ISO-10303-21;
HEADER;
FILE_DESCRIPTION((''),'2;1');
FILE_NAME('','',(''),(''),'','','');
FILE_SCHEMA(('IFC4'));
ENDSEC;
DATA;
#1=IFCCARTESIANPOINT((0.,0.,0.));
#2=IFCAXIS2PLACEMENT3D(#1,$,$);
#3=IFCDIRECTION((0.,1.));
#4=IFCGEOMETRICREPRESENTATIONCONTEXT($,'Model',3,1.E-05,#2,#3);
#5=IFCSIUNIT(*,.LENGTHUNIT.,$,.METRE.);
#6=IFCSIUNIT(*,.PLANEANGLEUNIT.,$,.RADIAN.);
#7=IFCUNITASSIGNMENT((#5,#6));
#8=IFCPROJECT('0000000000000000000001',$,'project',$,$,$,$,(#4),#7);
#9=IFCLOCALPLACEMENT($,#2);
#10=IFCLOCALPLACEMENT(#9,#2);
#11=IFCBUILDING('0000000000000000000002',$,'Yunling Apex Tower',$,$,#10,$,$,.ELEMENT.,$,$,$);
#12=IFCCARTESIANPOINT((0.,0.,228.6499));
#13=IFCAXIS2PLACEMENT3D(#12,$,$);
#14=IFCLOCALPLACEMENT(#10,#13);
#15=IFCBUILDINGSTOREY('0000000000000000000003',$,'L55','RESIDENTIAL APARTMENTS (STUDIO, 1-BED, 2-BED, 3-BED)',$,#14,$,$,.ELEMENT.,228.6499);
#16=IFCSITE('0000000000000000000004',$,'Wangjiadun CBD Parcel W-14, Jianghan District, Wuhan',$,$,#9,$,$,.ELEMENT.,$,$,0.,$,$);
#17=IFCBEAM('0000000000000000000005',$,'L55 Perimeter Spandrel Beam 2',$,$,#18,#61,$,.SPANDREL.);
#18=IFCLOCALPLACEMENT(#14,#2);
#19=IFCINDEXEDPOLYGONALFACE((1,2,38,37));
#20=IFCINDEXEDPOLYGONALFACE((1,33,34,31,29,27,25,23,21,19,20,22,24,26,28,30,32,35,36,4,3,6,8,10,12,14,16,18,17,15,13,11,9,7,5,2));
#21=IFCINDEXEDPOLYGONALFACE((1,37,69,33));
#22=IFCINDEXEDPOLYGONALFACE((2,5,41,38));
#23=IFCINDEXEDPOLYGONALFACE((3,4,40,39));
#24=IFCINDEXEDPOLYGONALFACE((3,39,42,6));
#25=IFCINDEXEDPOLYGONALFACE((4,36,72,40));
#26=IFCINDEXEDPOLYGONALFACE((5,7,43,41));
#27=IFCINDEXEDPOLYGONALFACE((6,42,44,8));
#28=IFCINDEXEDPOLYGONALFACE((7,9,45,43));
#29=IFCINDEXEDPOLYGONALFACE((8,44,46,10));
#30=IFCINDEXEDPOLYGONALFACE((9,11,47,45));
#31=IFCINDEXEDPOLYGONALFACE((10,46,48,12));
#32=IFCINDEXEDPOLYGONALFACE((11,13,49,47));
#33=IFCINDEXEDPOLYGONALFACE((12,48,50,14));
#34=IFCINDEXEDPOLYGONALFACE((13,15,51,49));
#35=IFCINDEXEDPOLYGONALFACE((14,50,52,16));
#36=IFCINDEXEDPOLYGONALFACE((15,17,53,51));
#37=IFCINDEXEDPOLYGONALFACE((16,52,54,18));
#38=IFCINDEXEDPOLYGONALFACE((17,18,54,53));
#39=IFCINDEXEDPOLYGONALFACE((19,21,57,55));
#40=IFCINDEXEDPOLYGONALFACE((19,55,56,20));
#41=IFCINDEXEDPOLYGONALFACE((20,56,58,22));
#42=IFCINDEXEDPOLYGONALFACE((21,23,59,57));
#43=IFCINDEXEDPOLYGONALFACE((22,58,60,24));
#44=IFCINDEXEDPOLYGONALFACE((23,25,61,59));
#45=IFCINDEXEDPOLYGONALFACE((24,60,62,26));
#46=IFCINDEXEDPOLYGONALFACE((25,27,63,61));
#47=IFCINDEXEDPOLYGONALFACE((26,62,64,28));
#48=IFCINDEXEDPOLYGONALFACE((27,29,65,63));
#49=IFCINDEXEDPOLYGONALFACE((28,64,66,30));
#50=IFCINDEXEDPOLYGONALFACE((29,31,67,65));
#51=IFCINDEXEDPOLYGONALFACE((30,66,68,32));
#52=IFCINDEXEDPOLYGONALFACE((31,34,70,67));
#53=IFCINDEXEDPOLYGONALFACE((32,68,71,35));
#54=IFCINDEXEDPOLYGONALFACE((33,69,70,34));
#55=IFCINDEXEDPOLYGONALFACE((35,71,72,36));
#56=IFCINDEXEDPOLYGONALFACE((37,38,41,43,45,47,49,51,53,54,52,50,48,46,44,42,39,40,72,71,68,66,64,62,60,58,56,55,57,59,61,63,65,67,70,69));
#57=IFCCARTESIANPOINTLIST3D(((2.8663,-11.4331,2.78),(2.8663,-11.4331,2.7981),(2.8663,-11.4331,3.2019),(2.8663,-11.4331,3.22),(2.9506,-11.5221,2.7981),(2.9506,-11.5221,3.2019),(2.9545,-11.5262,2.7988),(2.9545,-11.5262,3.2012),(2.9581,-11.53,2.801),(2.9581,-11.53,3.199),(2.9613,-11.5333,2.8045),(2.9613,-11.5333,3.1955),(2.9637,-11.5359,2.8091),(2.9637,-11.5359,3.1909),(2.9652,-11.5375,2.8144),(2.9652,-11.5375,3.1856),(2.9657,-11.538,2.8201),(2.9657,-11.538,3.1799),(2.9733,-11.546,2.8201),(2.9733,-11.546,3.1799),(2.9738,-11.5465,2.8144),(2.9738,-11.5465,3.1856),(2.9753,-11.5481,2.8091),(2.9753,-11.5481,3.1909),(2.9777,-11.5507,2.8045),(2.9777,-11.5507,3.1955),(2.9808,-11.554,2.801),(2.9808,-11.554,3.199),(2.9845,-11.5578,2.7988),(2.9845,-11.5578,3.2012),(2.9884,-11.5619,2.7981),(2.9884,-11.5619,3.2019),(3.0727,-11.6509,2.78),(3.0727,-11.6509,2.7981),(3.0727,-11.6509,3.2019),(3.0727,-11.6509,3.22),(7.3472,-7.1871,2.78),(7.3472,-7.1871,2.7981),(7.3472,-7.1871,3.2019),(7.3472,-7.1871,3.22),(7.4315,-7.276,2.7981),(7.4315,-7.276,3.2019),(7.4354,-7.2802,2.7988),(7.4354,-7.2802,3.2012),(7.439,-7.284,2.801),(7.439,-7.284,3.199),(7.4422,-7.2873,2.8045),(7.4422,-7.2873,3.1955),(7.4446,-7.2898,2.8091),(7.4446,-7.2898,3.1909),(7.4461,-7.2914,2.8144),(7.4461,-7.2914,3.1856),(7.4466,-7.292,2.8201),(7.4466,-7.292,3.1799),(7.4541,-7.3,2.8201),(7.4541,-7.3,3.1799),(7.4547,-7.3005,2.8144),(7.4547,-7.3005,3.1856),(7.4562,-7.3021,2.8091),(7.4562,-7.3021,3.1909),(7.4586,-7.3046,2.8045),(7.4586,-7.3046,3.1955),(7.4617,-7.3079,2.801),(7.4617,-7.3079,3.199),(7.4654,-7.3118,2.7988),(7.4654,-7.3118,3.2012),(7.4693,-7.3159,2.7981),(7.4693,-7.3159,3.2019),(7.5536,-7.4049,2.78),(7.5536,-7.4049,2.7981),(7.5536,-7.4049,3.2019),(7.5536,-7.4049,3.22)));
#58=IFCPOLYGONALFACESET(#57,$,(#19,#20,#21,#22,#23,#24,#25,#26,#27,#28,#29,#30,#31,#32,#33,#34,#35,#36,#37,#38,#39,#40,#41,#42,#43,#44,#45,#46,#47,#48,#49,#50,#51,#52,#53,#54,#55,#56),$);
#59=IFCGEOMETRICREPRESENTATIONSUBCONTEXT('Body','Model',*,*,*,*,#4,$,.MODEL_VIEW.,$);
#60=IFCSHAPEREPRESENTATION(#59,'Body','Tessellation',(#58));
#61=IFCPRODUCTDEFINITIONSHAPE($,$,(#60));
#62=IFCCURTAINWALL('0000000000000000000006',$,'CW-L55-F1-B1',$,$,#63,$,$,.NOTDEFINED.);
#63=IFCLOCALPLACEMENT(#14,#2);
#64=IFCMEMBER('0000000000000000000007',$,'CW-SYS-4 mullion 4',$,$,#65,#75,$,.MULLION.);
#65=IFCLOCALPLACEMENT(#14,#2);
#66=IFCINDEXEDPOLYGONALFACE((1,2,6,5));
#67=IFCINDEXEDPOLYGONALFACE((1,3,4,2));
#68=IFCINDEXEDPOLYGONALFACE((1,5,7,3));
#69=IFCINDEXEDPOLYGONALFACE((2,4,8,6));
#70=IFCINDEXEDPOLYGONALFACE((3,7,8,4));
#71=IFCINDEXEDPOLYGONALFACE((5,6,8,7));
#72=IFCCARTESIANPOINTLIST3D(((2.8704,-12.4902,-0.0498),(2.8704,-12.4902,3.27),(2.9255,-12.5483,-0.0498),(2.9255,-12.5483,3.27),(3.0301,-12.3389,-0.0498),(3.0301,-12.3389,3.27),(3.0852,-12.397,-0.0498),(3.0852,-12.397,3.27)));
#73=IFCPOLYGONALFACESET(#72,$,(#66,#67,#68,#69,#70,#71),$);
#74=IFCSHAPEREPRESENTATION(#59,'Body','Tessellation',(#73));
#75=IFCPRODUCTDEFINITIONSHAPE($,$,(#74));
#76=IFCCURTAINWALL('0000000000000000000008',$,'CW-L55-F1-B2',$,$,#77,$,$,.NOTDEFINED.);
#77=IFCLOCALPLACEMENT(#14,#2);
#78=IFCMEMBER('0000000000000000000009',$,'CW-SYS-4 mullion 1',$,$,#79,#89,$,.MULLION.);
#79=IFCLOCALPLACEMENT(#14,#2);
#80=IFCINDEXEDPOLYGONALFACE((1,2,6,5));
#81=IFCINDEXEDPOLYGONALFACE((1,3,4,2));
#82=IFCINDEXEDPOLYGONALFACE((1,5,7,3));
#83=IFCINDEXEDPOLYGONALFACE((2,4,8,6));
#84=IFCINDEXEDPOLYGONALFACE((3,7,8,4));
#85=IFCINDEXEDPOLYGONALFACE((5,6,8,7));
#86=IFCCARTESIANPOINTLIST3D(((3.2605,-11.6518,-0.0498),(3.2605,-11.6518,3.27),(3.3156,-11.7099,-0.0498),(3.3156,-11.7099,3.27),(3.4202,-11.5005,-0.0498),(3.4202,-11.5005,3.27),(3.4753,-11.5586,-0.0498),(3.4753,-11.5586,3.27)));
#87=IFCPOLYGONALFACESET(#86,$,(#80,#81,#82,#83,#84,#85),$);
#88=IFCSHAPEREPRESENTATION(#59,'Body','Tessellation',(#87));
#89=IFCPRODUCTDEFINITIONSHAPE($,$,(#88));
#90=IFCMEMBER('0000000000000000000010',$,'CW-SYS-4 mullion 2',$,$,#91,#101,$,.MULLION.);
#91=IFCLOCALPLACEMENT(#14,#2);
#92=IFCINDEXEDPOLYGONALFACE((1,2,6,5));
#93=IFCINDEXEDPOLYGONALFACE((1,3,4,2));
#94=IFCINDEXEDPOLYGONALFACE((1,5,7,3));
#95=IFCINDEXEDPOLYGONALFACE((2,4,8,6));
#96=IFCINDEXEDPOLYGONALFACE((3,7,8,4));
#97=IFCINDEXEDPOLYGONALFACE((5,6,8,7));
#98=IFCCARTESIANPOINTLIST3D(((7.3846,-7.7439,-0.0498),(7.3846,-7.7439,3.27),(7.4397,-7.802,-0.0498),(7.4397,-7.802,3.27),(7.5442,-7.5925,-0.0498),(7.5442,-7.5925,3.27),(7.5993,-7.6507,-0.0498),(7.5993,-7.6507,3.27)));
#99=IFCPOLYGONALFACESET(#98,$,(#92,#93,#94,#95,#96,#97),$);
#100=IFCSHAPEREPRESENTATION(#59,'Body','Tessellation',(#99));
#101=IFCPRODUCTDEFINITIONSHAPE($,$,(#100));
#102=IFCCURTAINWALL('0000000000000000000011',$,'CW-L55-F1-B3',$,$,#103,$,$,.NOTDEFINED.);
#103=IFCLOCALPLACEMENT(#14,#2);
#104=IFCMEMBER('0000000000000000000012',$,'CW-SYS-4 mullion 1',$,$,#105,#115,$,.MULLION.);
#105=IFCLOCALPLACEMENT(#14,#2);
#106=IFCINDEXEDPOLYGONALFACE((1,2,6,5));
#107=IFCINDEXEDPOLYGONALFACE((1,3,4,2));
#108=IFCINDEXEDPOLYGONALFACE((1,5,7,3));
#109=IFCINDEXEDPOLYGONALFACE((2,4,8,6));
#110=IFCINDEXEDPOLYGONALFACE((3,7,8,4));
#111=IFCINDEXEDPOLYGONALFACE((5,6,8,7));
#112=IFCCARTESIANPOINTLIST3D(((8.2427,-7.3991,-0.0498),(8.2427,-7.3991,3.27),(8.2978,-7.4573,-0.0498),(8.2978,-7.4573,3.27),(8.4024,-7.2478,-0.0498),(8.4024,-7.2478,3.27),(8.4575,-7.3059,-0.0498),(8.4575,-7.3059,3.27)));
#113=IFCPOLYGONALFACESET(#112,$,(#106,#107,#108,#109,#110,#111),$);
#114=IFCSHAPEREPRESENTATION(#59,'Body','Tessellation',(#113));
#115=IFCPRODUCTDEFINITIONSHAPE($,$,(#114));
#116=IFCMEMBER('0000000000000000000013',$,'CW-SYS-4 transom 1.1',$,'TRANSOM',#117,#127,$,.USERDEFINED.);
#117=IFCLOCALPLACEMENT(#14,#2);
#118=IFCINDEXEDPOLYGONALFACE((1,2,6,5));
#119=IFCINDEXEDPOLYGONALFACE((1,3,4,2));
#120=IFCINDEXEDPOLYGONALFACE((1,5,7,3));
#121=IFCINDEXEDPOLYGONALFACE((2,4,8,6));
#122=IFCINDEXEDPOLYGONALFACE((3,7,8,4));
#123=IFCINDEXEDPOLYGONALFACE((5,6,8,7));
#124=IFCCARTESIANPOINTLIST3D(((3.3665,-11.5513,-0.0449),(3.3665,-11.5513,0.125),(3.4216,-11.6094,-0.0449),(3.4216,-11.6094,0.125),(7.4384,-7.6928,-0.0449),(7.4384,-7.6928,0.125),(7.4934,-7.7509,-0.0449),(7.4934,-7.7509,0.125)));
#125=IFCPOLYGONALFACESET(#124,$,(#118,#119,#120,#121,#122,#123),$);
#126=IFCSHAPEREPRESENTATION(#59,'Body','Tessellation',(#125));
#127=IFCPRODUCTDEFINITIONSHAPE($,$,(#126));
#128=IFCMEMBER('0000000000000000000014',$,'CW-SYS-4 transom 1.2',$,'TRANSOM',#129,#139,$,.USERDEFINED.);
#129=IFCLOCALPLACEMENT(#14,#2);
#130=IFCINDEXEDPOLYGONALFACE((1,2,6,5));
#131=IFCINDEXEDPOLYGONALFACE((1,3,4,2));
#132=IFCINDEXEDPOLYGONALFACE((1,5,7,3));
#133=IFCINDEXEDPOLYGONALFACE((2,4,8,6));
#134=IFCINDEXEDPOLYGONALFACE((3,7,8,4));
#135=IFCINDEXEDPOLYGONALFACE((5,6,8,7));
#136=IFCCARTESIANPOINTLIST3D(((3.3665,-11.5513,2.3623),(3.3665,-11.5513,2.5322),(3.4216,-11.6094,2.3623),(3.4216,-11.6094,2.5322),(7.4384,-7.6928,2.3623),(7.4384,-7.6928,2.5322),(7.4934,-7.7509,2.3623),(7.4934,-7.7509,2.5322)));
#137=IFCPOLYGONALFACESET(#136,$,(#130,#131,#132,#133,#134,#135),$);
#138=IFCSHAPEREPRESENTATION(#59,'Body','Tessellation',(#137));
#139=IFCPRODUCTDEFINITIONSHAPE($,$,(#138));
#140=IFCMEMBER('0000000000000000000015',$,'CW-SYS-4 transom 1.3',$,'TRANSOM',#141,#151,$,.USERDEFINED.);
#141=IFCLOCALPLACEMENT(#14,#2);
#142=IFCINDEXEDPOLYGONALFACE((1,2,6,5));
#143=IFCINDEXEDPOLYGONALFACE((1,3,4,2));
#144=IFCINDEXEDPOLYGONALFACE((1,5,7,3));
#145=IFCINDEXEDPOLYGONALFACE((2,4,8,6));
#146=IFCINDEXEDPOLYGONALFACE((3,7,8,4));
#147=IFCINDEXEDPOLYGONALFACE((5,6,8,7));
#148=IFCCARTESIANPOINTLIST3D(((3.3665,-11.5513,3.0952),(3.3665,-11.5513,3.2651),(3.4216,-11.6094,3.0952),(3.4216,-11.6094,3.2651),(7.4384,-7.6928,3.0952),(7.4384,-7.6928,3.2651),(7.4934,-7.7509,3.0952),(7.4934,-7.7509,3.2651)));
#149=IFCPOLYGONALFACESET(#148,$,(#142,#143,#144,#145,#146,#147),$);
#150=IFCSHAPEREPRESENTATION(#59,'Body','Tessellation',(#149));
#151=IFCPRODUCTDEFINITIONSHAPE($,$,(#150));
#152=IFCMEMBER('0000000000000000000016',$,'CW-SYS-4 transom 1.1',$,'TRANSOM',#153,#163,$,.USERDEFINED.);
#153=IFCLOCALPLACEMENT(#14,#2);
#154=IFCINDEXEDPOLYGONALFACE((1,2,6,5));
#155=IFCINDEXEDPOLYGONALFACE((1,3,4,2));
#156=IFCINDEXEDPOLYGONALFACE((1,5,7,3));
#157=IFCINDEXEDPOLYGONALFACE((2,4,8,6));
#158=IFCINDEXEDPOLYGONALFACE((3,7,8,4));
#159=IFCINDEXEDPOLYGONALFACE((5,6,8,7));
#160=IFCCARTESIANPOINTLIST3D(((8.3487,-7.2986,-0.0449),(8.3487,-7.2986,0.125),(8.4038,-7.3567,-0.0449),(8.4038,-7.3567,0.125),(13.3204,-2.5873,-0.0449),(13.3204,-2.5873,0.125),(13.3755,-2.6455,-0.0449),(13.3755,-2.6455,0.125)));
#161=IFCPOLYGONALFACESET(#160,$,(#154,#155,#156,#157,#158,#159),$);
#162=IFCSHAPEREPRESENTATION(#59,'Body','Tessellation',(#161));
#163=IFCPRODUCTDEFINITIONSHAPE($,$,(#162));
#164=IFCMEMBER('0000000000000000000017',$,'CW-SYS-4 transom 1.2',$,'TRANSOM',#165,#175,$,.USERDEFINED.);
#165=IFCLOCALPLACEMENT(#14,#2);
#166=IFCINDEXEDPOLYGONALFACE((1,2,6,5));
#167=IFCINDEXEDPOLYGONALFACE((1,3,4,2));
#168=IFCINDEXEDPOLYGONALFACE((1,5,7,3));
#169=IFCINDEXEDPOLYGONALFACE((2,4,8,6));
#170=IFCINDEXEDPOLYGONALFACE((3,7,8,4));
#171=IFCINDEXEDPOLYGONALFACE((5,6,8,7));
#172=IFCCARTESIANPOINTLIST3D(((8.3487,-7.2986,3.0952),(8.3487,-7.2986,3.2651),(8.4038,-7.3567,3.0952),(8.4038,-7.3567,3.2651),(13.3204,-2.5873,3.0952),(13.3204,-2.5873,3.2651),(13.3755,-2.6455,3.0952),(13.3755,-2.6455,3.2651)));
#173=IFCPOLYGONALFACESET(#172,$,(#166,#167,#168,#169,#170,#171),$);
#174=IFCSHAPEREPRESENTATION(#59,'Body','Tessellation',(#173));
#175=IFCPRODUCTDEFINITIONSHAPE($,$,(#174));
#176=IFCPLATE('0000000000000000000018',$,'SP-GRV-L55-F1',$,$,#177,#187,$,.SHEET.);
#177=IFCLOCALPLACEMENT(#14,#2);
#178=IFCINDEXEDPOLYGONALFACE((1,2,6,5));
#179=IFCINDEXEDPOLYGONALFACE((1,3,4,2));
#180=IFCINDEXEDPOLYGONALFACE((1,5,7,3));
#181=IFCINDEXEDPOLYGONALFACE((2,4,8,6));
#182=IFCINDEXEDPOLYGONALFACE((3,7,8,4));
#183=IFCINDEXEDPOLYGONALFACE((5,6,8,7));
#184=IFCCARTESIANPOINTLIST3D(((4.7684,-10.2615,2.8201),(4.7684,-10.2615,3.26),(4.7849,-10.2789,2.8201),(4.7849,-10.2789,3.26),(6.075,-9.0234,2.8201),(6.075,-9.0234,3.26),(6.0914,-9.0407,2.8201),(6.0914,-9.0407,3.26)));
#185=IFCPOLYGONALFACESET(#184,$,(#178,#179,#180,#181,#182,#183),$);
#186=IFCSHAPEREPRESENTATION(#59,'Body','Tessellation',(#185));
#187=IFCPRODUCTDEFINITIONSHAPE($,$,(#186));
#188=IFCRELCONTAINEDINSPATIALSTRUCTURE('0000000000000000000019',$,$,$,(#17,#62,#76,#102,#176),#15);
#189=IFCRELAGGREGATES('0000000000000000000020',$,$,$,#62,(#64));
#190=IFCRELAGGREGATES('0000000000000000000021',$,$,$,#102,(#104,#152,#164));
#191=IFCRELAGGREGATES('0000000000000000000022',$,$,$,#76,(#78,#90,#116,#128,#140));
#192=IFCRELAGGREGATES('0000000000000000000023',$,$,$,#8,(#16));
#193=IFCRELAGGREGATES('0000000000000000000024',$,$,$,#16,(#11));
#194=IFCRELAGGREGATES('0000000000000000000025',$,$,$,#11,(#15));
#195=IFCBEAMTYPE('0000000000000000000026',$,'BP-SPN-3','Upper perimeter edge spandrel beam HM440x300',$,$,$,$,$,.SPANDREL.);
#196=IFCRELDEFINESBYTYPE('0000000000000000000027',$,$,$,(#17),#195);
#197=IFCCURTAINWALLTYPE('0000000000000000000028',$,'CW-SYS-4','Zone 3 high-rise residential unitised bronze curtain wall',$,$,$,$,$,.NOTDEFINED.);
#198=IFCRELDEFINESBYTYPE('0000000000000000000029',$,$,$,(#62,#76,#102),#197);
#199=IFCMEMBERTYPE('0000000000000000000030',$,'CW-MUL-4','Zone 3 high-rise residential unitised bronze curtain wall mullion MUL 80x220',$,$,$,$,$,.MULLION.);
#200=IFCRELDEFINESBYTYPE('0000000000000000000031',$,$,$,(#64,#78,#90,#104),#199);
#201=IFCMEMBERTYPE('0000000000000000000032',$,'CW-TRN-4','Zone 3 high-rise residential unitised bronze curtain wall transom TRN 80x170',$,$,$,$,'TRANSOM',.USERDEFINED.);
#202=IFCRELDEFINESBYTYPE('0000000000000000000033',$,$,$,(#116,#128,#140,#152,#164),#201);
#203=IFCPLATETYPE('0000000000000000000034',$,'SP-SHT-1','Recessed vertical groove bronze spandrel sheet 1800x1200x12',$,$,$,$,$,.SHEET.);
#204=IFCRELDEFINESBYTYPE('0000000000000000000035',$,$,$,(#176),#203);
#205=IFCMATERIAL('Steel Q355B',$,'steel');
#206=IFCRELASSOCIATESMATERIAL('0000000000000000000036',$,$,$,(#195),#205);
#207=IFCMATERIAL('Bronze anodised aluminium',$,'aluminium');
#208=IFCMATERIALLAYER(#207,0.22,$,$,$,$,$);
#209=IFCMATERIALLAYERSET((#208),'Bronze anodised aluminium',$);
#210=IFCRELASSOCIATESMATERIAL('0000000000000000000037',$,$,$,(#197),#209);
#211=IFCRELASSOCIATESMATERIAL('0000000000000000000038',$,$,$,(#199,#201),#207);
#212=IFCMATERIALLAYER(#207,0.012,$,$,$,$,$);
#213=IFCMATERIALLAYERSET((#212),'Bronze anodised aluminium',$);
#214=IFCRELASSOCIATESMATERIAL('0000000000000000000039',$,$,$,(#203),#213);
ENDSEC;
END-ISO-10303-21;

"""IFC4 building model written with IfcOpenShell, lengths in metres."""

from ifc_helpers import new_model, si_unit, direction, frame, origin, origin_2d, place, context, subcontext, project, spatial, rectangle, i_section, extrude, source, transform, mapped, material, layer, layer_set, material_profile, profile_set, type_object, element, aggregate, save


model = new_model("IFC4")

# Units and contexts
model_context = context("Model", 3, precision=1e-05, world=origin(), true_north=direction((0.0, 1.0)))
body_context = subcontext(model_context, "Body", "Model", "MODEL_VIEW")
ifc_project = project(units=[si_unit("LENGTHUNIT", "METRE"), si_unit("PLANEANGLEUNIT", "RADIAN")], contexts=[model_context])

# Site, building, storey
site_placement = place(None, origin())
site = spatial("IfcSite", under=ifc_project, at=site_placement, Name="Wangjiadun CBD Parcel W-14, Jianghan District, Wuhan", CompositionType="ELEMENT", RefElevation=0.0)
building_placement = place(site_placement, origin())
building = spatial("IfcBuilding", under=site, at=building_placement, Name="Yunling Apex Tower", CompositionType="ELEMENT")
storey_placement = place(building_placement, frame((0.0, 0.0, 228.6499)))
storey = spatial("IfcBuildingStorey", under=building, at=storey_placement, Name="L55", Description="RESIDENTIAL APARTMENTS (STUDIO, 1-BED, 2-BED, 3-BED)", CompositionType="ELEMENT", Elevation=228.6499)

# Beam
ifc_material_1 = material(Name="Steel Q355B", Category="steel")
ifc_material_profile_1 = material_profile(ifc_material_1, i_section(OverallWidth=0.3, OverallDepth=0.4399, WebThickness=0.011, FlangeThickness=0.0181, FilletRadius=0.022, at=origin_2d()))
ifc_profile_set_1 = profile_set([ifc_material_profile_1], Name="Steel Q355B")
beam_type = type_object("IfcBeamType", Name="BP-SPN-3", Description="Upper perimeter edge spandrel beam HM440x300", PredefinedType="SPANDREL", material=ifc_profile_set_1)
shared_shape_1 = source(origin(), body_context, "Body", "SweptSolid", [
    extrude(i_section(OverallWidth=0.3, OverallDepth=0.4399, WebThickness=0.011, FlangeThickness=0.0181, FilletRadius=0.022, at=origin_2d()), origin(), (0.0, 0.0, 1.0), 6.1731),
])
beam_placement = place(storey_placement, frame((2.9695, -11.542, 3.0), z_axis=(0.725874, 0.687828, 0.0), x_axis=(-0.687828, 0.725874, 0.0)))
element("IfcBeam", 1, at=beam_placement, inside=storey, type_object=beam_type, Name="L55 Perimeter Spandrel Beam 2", PredefinedType="SPANDREL", context=body_context, shape_type="MappedRepresentation", body=[
    mapped(shared_shape_1, transform((0.0, 0.0, 0.0), scale=1.0)),
])

# Curtain wall, member
ifc_material_2 = material(Name="Bronze anodised aluminium", Category="aluminium")
ifc_layer_1 = layer(ifc_material_2, 0.22)
ifc_layer_set_1 = layer_set([ifc_layer_1], Name="Bronze anodised aluminium")
curtain_wall_type = type_object("IfcCurtainWallType", Name="CW-SYS-4", Description="Zone 3 high-rise residential unitised bronze curtain wall", PredefinedType="NOTDEFINED", material=ifc_layer_set_1)
curtain_wall_1_placement = place(storey_placement, origin())
curtain_wall_1 = element("IfcCurtainWall", 2, at=curtain_wall_1_placement, inside=storey, type_object=curtain_wall_type, Name="CW-L55-F1-B1", PredefinedType="NOTDEFINED")
ifc_material_profile_2 = material_profile(ifc_material_2, rectangle(XDim=0.0801, YDim=0.22, at=origin_2d()))
ifc_profile_set_2 = profile_set([ifc_material_profile_2], Name="Bronze anodised aluminium")
member_type_1 = type_object("IfcMemberType", Name="CW-MUL-4", Description="Zone 3 high-rise residential unitised bronze curtain wall mullion MUL 80x220", PredefinedType="MULLION", material=ifc_profile_set_2)
shared_shape_2 = source(origin(), body_context, "Body", "SweptSolid", [
    extrude(rectangle(XDim=0.0801, YDim=0.22, at=origin_2d()), origin(), (0.0, 0.0, 1.0), 3.3198),
])
member_1_placement = place(storey_placement, frame((2.9778, -12.4436, -0.0498), z_axis=(0.0, 0.0, 1.0), x_axis=(-0.687848, 0.725855, 0.0)))
member_1 = element("IfcMember", 3, at=member_1_placement, type_object=member_type_1, Name="CW-SYS-4 mullion 4", PredefinedType="MULLION", context=body_context, shape_type="MappedRepresentation", body=[
    mapped(shared_shape_2, transform((0.0, 0.0, 0.0), scale=1.0)),
])
aggregate(curtain_wall_1, [member_1])

# Curtain wall, members
curtain_wall_2_placement = place(storey_placement, origin())
curtain_wall_2 = element("IfcCurtainWall", 4, at=curtain_wall_2_placement, inside=storey, type_object=curtain_wall_type, Name="CW-L55-F1-B2", PredefinedType="NOTDEFINED")
member_2_placement = place(storey_placement, frame((3.3679, -11.6052, -0.0498), z_axis=(0.0, 0.0, 1.0), x_axis=(-0.687854, 0.725849, 0.0)))
member_2 = element("IfcMember", 5, at=member_2_placement, type_object=member_type_1, Name="CW-SYS-4 mullion 1", PredefinedType="MULLION", context=body_context, shape_type="MappedRepresentation", body=[
    mapped(shared_shape_2, transform((0.0, 0.0, 0.0), scale=1.0)),
])
member_3_placement = place(storey_placement, frame((7.4919, -7.6973, -0.0498), z_axis=(0.0, 0.0, 1.0), x_axis=(-0.687854, 0.725849, 0.0)))
member_3 = element("IfcMember", 6, at=member_3_placement, type_object=member_type_1, Name="CW-SYS-4 mullion 2", PredefinedType="MULLION", context=body_context, shape_type="MappedRepresentation", body=[
    mapped(shared_shape_2, transform((0.0, 0.0, 0.0), scale=1.0)),
])

# Curtain wall, member
curtain_wall_3_placement = place(storey_placement, origin())
curtain_wall_3 = element("IfcCurtainWall", 7, at=curtain_wall_3_placement, inside=storey, type_object=curtain_wall_type, Name="CW-L55-F1-B3", PredefinedType="NOTDEFINED")
member_4_placement = place(storey_placement, frame((8.3501, -7.3525, -0.0498), z_axis=(0.0, 0.0, 1.0), x_axis=(-0.687848, 0.725855, 0.0)))
member_4 = element("IfcMember", 8, at=member_4_placement, type_object=member_type_1, Name="CW-SYS-4 mullion 1", PredefinedType="MULLION", context=body_context, shape_type="MappedRepresentation", body=[
    mapped(shared_shape_2, transform((0.0, 0.0, 0.0), scale=1.0)),
])

# Members
ifc_material_profile_3 = material_profile(ifc_material_2, rectangle(XDim=0.0801, YDim=0.1699, at=origin_2d()))
ifc_profile_set_3 = profile_set([ifc_material_profile_3], Name="Bronze anodised aluminium")
member_type_2 = type_object("IfcMemberType", Name="CW-TRN-4", Description="Zone 3 high-rise residential unitised bronze curtain wall transom TRN 80x170", ElementType="TRANSOM", PredefinedType="USERDEFINED", material=ifc_profile_set_3)
shared_shape_3 = source(origin(), body_context, "Body", "SweptSolid", [
    extrude(rectangle(XDim=0.0801, YDim=0.1699, at=origin_2d()), origin(), (0.0, 0.0, 1.0), 5.6096),
])
member_5_placement = place(storey_placement, frame((3.394, -11.5803, 0.04), z_axis=(0.72587, 0.687832, 0.0), x_axis=(-0.687832, 0.72587, 0.0)))
member_5 = element("IfcMember", 9, at=member_5_placement, type_object=member_type_2, Name="CW-SYS-4 transom 1.1", ObjectType="TRANSOM", PredefinedType="USERDEFINED", context=body_context, shape_type="MappedRepresentation", body=[
    mapped(shared_shape_3, transform((0.0, 0.0, 0.0), scale=1.0)),
])
member_6_placement = place(storey_placement, frame((3.394, -11.5803, 2.4473), z_axis=(0.72587, 0.687832, 0.0), x_axis=(-0.687832, 0.72587, 0.0)))
member_6 = element("IfcMember", 10, at=member_6_placement, type_object=member_type_2, Name="CW-SYS-4 transom 1.2", ObjectType="TRANSOM", PredefinedType="USERDEFINED", context=body_context, shape_type="MappedRepresentation", body=[
    mapped(shared_shape_3, transform((0.0, 0.0, 0.0), scale=1.0)),
])
member_7_placement = place(storey_placement, frame((3.394, -11.5803, 3.1802), z_axis=(0.72587, 0.687832, 0.0), x_axis=(-0.687832, 0.72587, 0.0)))
member_7 = element("IfcMember", 11, at=member_7_placement, type_object=member_type_2, Name="CW-SYS-4 transom 1.3", ObjectType="TRANSOM", PredefinedType="USERDEFINED", context=body_context, shape_type="MappedRepresentation", body=[
    mapped(shared_shape_3, transform((0.0, 0.0, 0.0), scale=1.0)),
])
shared_shape_4 = source(origin(), body_context, "Body", "SweptSolid", [
    extrude(rectangle(XDim=0.0801, YDim=0.1699, at=origin_2d()), origin(), (0.0, 0.0, 1.0), 6.8494),
])
member_8_placement = place(storey_placement, frame((8.3762, -7.3276, 0.04), z_axis=(0.725867, 0.687835, 0.0), x_axis=(-0.687835, 0.725867, 0.0)))
member_8 = element("IfcMember", 12, at=member_8_placement, type_object=member_type_2, Name="CW-SYS-4 transom 1.1", ObjectType="TRANSOM", PredefinedType="USERDEFINED", context=body_context, shape_type="MappedRepresentation", body=[
    mapped(shared_shape_4, transform((0.0, 0.0, 0.0), scale=1.0)),
])
member_9_placement = place(storey_placement, frame((8.3762, -7.3276, 3.1802), z_axis=(0.725867, 0.687835, 0.0), x_axis=(-0.687835, 0.725867, 0.0)))
member_9 = element("IfcMember", 13, at=member_9_placement, type_object=member_type_2, Name="CW-SYS-4 transom 1.2", ObjectType="TRANSOM", PredefinedType="USERDEFINED", context=body_context, shape_type="MappedRepresentation", body=[
    mapped(shared_shape_4, transform((0.0, 0.0, 0.0), scale=1.0)),
])
aggregate(curtain_wall_3, [member_4, member_8, member_9])

# Plate
ifc_layer_2 = layer(ifc_material_2, 0.012)
ifc_layer_set_2 = layer_set([ifc_layer_2], Name="Bronze anodised aluminium")
plate_type_1 = type_object("IfcPlateType", Name="SP-SHT-1", Description="Recessed vertical groove bronze spandrel sheet 1800x1200x12", PredefinedType="SHEET", material=ifc_layer_set_2)
shared_shape_5 = source(origin(), body_context, "Body", "SweptSolid", [
    extrude(rectangle(XDim=1.8, YDim=0.0239, at=origin_2d()), origin(), (0.0, 0.0, 1.0), 0.4399),
])
plate_1_placement = place(storey_placement, frame((5.4299, -9.6511, 2.8201), z_axis=(0.0, 0.0, 1.0), x_axis=(0.725855, 0.687848, 0.0)))
element("IfcPlate", 14, at=plate_1_placement, inside=storey, type_object=plate_type_1, Name="SP-GRV-L55-F1", PredefinedType="SHEET", context=body_context, shape_type="MappedRepresentation", body=[
    mapped(shared_shape_5, transform((0.0, 0.0, 0.0), scale=1.0)),
])
aggregate(curtain_wall_2, [member_2, member_3, member_5, member_6, member_7])

save(model, "model.ifc")
